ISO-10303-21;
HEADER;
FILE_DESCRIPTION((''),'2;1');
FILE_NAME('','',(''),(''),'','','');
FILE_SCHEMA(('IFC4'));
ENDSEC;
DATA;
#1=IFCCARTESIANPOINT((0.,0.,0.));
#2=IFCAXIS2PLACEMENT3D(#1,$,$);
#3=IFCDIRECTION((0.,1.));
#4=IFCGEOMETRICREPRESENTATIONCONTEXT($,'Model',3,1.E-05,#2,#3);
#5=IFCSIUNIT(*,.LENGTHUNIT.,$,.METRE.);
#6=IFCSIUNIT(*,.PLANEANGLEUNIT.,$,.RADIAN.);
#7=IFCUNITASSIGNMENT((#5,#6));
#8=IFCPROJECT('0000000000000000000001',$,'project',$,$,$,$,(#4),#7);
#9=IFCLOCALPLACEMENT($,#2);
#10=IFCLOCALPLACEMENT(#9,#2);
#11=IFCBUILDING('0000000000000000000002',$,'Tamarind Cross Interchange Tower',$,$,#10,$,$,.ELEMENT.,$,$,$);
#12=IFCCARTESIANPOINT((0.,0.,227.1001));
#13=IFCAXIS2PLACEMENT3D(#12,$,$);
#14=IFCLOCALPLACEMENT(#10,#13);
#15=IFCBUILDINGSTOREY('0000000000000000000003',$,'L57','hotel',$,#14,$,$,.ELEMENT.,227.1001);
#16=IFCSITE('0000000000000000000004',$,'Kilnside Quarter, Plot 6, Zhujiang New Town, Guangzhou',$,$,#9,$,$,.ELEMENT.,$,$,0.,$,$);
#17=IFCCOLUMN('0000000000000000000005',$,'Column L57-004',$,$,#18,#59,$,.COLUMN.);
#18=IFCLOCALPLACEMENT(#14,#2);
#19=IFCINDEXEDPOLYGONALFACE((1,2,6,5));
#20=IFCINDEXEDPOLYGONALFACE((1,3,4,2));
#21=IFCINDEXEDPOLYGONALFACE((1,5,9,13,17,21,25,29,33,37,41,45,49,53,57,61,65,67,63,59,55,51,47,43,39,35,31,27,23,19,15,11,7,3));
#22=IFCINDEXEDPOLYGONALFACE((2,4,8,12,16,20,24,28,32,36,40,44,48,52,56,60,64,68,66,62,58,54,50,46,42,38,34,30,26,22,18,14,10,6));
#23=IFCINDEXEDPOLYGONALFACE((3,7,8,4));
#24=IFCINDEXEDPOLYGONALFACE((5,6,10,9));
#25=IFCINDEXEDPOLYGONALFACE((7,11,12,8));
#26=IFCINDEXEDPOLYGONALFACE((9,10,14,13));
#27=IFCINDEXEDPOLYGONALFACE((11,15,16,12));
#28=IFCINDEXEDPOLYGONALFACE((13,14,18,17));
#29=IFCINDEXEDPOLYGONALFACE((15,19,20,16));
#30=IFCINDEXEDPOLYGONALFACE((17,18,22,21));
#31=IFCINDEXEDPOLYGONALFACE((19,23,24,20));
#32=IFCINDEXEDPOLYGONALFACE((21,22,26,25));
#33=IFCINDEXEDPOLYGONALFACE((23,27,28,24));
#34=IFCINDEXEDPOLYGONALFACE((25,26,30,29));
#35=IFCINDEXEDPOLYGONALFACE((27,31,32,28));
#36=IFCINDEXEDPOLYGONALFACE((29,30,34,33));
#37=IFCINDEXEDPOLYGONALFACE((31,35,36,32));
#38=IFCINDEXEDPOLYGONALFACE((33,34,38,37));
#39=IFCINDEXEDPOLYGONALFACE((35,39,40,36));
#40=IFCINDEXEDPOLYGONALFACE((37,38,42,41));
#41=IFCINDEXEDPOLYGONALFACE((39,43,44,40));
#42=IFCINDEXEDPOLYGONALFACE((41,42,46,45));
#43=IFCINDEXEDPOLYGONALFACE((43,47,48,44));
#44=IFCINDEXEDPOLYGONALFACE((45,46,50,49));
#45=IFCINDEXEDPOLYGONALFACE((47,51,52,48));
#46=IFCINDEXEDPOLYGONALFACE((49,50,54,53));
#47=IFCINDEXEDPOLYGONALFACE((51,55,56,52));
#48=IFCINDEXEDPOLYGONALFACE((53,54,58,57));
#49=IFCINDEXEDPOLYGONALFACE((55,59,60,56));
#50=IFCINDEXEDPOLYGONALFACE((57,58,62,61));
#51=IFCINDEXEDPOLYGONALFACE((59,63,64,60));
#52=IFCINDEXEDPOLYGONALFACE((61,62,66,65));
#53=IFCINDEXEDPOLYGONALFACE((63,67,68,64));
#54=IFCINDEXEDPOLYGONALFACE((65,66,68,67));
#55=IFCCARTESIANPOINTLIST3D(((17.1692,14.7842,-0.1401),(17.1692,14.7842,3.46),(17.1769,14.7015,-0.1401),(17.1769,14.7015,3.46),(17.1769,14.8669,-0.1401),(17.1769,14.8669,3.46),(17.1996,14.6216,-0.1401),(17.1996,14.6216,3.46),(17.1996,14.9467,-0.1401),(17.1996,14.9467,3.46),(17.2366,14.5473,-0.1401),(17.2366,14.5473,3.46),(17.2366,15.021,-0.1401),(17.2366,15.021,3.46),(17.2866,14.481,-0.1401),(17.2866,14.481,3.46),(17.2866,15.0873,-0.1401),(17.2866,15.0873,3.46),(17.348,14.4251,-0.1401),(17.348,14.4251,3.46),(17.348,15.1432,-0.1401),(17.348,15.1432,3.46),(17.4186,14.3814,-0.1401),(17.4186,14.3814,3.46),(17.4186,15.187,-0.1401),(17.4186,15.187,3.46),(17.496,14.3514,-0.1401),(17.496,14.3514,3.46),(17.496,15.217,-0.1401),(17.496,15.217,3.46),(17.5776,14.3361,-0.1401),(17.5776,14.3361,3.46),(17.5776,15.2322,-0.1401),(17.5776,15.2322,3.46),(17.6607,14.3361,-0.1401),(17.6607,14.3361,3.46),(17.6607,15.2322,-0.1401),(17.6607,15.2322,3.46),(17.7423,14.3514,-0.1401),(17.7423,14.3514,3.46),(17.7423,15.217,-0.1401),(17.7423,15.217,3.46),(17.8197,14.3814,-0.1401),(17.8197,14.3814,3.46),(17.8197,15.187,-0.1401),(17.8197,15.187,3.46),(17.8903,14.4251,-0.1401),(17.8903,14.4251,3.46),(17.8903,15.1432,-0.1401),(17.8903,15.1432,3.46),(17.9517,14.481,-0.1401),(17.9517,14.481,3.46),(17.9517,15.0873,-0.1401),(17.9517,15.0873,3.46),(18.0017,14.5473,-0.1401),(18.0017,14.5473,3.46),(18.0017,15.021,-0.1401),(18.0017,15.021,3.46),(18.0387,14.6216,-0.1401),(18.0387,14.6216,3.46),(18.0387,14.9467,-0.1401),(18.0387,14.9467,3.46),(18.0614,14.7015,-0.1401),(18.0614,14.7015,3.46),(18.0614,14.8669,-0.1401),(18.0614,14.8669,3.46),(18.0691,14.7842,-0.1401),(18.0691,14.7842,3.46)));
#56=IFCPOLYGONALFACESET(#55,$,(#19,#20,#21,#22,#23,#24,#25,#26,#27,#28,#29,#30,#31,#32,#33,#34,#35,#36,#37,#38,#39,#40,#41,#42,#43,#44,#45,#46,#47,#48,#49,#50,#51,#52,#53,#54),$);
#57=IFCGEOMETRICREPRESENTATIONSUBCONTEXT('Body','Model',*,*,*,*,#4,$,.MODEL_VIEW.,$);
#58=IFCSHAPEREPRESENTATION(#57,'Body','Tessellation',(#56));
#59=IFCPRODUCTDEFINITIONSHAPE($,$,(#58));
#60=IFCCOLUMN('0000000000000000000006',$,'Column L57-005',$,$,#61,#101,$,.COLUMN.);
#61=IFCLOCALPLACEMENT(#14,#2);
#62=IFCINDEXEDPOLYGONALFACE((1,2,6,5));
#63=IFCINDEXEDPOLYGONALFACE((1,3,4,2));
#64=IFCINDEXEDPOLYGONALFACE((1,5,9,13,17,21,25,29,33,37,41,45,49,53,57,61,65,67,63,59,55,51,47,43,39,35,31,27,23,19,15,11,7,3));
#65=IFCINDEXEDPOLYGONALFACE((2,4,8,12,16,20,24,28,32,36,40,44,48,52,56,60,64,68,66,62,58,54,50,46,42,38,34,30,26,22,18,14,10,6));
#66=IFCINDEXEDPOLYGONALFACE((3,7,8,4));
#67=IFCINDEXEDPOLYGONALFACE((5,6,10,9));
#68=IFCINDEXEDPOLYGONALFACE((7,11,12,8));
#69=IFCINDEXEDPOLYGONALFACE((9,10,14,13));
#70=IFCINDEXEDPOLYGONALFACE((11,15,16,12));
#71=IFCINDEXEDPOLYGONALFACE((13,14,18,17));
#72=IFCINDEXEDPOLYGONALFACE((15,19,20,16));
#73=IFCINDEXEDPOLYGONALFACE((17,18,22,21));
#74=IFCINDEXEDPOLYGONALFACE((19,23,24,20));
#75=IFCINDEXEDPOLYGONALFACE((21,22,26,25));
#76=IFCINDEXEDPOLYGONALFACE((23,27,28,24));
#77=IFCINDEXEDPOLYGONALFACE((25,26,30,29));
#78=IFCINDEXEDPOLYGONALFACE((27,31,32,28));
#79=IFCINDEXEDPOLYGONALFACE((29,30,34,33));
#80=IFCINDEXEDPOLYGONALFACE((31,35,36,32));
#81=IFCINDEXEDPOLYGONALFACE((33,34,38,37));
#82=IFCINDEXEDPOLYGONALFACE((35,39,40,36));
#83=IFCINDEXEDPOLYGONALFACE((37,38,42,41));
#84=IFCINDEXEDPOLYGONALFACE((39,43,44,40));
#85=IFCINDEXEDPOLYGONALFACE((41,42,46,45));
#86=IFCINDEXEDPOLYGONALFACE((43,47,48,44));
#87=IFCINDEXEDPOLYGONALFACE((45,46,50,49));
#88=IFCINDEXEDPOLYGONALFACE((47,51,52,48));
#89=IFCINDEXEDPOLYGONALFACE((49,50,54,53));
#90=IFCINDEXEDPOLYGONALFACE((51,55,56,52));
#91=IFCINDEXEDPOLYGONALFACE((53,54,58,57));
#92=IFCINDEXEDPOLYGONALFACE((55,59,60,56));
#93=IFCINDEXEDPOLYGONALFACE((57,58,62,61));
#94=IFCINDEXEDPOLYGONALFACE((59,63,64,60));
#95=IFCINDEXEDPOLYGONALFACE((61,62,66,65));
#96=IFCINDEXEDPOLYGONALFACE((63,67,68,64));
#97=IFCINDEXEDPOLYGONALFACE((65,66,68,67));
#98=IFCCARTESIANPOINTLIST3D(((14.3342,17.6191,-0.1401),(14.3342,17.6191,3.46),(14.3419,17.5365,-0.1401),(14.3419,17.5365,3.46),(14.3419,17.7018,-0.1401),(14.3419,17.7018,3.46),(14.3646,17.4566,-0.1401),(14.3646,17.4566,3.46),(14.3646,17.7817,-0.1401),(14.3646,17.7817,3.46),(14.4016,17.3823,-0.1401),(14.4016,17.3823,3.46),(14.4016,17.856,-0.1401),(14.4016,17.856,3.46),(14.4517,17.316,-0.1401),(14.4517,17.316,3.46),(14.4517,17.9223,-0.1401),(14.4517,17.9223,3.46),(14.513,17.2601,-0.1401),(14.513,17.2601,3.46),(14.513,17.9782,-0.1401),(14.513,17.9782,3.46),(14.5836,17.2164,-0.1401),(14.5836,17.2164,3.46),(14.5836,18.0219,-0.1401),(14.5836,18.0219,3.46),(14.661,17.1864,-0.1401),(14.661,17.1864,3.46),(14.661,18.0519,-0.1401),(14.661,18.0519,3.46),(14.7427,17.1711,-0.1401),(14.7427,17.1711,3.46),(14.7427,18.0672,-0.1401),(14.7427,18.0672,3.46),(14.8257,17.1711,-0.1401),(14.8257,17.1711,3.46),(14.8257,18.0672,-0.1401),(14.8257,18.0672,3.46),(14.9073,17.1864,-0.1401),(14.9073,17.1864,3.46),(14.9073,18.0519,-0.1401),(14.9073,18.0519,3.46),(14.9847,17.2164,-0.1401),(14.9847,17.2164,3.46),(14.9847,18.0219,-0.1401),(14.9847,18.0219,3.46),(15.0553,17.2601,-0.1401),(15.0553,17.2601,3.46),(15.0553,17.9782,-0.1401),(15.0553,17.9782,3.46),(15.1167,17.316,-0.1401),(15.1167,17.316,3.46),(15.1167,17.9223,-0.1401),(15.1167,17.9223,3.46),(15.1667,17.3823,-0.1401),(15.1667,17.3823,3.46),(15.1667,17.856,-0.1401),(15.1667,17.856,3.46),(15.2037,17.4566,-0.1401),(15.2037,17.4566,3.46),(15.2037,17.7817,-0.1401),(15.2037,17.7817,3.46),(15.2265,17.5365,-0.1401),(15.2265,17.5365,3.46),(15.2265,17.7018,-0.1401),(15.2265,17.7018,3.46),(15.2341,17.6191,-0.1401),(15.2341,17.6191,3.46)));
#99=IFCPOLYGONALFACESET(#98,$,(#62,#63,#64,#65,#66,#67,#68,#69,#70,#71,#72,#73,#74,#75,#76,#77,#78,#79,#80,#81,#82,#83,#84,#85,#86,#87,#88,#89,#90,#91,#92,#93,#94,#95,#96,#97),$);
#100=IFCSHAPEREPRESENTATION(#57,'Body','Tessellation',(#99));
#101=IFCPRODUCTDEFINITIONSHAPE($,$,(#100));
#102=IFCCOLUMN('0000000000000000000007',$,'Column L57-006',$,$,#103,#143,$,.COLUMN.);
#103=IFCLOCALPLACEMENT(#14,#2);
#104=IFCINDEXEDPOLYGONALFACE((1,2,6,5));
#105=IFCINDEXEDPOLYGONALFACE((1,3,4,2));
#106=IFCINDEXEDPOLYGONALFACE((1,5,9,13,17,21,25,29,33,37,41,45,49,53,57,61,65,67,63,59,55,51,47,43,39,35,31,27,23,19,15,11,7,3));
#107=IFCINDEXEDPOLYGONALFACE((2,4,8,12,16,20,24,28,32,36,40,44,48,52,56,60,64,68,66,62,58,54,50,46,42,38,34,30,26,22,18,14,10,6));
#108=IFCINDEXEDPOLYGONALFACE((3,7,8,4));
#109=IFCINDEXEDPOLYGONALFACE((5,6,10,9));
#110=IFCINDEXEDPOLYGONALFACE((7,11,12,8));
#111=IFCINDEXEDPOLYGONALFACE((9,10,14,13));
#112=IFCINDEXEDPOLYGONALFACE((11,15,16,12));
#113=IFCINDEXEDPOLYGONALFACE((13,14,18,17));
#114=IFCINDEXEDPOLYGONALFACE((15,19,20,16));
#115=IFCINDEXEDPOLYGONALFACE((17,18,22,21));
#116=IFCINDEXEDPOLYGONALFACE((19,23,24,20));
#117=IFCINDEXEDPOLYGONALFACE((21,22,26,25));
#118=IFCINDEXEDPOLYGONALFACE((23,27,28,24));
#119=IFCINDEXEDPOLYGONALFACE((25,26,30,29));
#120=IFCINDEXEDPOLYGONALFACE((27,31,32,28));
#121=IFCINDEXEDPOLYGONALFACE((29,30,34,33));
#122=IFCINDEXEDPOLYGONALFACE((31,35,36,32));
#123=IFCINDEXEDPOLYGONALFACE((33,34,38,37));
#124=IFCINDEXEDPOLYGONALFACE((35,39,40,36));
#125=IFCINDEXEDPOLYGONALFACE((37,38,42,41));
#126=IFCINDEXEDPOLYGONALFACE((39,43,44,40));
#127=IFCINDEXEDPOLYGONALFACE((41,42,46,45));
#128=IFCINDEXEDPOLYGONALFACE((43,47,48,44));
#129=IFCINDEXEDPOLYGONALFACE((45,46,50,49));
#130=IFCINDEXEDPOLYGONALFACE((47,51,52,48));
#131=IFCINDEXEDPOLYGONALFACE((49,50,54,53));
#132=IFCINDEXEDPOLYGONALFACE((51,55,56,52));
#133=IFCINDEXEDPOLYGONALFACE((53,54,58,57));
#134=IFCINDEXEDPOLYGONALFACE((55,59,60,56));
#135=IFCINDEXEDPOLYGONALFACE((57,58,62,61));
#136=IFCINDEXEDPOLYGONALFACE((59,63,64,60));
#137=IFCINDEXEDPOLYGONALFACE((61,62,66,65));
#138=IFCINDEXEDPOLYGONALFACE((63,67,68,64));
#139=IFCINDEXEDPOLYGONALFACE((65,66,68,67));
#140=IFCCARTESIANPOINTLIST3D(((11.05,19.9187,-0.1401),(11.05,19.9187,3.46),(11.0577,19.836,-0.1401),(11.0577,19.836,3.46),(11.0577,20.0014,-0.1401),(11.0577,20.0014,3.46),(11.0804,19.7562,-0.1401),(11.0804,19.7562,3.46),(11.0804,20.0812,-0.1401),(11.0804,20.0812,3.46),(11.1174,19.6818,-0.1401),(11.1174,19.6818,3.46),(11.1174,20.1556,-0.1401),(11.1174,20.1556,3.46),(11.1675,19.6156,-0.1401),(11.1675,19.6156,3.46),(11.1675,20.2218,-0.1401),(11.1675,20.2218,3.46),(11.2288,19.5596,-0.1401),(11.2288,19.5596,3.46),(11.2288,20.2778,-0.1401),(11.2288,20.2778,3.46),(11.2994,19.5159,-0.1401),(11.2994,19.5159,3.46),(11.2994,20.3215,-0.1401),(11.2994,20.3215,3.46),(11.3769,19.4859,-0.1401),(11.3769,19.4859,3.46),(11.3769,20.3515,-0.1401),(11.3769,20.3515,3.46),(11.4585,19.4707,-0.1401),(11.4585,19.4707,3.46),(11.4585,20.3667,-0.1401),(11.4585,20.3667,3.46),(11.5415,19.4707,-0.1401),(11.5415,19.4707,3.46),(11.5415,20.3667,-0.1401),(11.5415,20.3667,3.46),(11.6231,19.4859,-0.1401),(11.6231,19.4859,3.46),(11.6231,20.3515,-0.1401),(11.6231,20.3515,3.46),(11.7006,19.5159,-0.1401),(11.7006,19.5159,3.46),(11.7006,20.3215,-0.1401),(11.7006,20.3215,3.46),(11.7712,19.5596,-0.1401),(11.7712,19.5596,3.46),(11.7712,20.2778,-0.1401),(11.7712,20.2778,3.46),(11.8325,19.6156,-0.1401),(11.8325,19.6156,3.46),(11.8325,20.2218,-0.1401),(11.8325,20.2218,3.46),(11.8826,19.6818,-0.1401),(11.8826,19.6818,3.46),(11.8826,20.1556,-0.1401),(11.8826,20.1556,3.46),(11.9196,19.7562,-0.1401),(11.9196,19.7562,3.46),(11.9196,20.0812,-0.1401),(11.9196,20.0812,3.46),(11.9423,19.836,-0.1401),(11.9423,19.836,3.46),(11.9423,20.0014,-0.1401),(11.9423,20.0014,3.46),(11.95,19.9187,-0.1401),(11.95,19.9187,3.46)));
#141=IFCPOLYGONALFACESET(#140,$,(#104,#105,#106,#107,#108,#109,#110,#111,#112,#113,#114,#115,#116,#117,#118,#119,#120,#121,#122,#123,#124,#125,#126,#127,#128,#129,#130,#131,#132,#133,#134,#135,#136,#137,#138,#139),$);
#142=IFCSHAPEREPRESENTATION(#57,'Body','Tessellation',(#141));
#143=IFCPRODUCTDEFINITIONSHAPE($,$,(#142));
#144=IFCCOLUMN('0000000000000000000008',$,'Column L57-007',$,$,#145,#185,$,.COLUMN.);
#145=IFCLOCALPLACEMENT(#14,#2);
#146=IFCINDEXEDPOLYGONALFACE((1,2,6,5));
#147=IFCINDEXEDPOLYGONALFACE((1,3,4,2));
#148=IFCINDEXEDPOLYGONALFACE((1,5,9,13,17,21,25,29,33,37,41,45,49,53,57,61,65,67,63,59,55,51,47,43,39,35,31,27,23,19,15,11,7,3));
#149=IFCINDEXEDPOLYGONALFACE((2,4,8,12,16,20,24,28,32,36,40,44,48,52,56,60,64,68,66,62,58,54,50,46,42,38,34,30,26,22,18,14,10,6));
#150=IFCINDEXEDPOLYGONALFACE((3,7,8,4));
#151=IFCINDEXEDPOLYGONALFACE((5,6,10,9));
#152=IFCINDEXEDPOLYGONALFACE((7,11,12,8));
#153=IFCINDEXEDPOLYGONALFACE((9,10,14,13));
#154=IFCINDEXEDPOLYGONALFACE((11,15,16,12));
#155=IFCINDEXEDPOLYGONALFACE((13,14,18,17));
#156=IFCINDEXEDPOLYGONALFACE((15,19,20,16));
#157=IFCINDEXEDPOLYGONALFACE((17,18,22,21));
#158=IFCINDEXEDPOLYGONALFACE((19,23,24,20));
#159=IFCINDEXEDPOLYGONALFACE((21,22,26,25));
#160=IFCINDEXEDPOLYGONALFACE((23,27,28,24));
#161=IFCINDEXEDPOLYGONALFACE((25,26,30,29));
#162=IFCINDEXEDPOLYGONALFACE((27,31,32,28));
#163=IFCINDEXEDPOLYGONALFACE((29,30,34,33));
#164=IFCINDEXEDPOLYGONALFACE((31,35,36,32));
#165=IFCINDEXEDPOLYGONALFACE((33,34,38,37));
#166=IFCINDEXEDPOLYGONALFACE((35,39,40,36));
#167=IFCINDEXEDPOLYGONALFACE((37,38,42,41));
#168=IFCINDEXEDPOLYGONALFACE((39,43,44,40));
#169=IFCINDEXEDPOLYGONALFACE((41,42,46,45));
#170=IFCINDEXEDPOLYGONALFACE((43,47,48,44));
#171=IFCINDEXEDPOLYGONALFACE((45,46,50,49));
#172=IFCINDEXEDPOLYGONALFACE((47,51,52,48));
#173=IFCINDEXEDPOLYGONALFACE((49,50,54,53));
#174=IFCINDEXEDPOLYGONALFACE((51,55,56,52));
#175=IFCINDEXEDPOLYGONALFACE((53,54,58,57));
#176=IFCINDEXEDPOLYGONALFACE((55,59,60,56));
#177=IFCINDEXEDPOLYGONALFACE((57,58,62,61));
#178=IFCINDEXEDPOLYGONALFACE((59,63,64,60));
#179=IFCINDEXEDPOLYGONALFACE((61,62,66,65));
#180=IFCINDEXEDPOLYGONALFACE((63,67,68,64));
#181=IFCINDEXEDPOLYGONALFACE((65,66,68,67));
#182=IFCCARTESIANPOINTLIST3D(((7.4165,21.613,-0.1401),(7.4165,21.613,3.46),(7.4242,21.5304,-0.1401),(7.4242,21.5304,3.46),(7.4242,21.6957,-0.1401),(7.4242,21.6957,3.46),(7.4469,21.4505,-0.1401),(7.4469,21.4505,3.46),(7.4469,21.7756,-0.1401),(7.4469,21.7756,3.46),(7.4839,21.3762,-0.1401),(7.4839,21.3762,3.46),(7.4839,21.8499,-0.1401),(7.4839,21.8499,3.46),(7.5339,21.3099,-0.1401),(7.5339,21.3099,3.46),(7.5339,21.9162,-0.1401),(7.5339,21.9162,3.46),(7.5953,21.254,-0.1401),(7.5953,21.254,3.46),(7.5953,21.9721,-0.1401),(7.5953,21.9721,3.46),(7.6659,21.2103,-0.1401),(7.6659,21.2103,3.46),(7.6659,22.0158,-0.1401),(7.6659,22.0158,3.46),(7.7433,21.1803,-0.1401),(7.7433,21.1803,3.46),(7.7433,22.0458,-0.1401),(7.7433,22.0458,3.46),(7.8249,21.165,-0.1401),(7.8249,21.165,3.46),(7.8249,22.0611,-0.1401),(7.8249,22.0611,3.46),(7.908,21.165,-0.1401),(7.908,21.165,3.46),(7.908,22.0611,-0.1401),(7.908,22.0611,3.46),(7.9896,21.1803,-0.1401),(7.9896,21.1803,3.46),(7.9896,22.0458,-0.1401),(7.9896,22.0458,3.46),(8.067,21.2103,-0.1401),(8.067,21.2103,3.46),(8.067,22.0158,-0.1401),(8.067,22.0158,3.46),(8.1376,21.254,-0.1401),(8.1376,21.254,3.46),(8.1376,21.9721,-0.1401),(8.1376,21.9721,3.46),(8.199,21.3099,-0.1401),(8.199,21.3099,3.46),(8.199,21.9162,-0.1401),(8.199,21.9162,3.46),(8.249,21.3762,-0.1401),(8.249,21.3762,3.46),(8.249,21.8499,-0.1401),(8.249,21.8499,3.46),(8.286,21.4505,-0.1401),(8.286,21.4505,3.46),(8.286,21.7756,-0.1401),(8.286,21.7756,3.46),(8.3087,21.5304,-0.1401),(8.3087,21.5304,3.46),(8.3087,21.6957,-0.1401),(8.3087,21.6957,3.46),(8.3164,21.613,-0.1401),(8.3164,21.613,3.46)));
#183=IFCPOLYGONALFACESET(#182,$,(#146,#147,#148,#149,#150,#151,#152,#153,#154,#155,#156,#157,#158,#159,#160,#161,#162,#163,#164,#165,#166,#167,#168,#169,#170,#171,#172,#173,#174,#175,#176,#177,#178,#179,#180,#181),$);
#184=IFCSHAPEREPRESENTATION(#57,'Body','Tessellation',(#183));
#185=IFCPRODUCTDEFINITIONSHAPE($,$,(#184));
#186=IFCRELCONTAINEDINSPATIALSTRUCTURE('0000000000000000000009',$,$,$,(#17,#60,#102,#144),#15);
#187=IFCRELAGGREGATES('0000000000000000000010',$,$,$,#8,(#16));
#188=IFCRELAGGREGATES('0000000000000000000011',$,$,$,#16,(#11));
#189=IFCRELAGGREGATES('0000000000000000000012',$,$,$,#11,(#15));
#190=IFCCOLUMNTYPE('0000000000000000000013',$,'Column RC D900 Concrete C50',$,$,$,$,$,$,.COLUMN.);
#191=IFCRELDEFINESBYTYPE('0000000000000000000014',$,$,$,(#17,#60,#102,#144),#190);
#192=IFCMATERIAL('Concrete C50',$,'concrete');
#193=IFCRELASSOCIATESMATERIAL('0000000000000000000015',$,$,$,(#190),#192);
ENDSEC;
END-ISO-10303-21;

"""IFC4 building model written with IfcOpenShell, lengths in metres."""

from ifc_helpers import new_model, si_unit, direction, frame, origin, origin_2d, place, context, subcontext, project, spatial, circle, extrude, material, material_profile, profile_set, type_object, element, save


model = new_model("IFC4")

# Units and contexts
model_context = context("Model", 3, precision=1e-05, world=origin(), true_north=direction((0.0, 1.0)))
body_context = subcontext(model_context, "Body", "Model", "MODEL_VIEW")
ifc_project = project(units=[si_unit("LENGTHUNIT", "METRE"), si_unit("PLANEANGLEUNIT", "RADIAN")], contexts=[model_context])

# Site, building, storey
site_placement = place(None, origin())
site = spatial("IfcSite", under=ifc_project, at=site_placement, Name="Kilnside Quarter, Plot 6, Zhujiang New Town, Guangzhou", CompositionType="ELEMENT", RefElevation=0.0)
building_placement = place(site_placement, origin())
building = spatial("IfcBuilding", under=site, at=building_placement, Name="Tamarind Cross Interchange Tower", CompositionType="ELEMENT")
storey_placement = place(building_placement, frame((0.0, 0.0, 227.1001)))
storey = spatial("IfcBuildingStorey", under=building, at=storey_placement, Name="L57", Description="hotel", CompositionType="ELEMENT", Elevation=227.1001)

# Columns
ifc_material_1 = material(Name="Concrete C50", Category="concrete")
ifc_material_profile_1 = material_profile(ifc_material_1, circle(Radius=0.45, at=origin_2d()), Name="RC D900")
ifc_profile_set_1 = profile_set([ifc_material_profile_1], Name="Concrete C50")
column_type = type_object("IfcColumnType", Name="Column RC D900 Concrete C50", PredefinedType="COLUMN", material=ifc_profile_set_1)
for number, where, z_axis, x_axis, name in (
    (1, (17.6191, 14.7842, -0.1401), (0.0, 0.0, 1.0), (1.0, 0.0, 0.0), "Column L57-004"),
    (2, (14.7842, 17.6191, -0.1401), (0.0, 0.0, 1.0), (1.0, 0.0, 0.0), "Column L57-005"),
    (3, (11.5, 19.9187, -0.1401), (0.0, 0.0, 1.0), (1.0, 0.0, 0.0), "Column L57-006"),
    (4, (7.8665, 21.613, -0.1401), (0.0, 0.0, 1.0), (1.0, 0.0, 0.0), "Column L57-007"),
):
    element("IfcColumn", number, at=place(storey_placement, frame(where, z_axis=z_axis, x_axis=x_axis)), inside=storey, type_object=column_type, Name=name, PredefinedType="COLUMN", context=body_context, shape_type="SweptSolid", body=[
        extrude(circle(Radius=0.45, at=origin_2d()), origin(), (0.0, 0.0, 1.0), 3.6001),
    ])

save(model, "model.ifc")
